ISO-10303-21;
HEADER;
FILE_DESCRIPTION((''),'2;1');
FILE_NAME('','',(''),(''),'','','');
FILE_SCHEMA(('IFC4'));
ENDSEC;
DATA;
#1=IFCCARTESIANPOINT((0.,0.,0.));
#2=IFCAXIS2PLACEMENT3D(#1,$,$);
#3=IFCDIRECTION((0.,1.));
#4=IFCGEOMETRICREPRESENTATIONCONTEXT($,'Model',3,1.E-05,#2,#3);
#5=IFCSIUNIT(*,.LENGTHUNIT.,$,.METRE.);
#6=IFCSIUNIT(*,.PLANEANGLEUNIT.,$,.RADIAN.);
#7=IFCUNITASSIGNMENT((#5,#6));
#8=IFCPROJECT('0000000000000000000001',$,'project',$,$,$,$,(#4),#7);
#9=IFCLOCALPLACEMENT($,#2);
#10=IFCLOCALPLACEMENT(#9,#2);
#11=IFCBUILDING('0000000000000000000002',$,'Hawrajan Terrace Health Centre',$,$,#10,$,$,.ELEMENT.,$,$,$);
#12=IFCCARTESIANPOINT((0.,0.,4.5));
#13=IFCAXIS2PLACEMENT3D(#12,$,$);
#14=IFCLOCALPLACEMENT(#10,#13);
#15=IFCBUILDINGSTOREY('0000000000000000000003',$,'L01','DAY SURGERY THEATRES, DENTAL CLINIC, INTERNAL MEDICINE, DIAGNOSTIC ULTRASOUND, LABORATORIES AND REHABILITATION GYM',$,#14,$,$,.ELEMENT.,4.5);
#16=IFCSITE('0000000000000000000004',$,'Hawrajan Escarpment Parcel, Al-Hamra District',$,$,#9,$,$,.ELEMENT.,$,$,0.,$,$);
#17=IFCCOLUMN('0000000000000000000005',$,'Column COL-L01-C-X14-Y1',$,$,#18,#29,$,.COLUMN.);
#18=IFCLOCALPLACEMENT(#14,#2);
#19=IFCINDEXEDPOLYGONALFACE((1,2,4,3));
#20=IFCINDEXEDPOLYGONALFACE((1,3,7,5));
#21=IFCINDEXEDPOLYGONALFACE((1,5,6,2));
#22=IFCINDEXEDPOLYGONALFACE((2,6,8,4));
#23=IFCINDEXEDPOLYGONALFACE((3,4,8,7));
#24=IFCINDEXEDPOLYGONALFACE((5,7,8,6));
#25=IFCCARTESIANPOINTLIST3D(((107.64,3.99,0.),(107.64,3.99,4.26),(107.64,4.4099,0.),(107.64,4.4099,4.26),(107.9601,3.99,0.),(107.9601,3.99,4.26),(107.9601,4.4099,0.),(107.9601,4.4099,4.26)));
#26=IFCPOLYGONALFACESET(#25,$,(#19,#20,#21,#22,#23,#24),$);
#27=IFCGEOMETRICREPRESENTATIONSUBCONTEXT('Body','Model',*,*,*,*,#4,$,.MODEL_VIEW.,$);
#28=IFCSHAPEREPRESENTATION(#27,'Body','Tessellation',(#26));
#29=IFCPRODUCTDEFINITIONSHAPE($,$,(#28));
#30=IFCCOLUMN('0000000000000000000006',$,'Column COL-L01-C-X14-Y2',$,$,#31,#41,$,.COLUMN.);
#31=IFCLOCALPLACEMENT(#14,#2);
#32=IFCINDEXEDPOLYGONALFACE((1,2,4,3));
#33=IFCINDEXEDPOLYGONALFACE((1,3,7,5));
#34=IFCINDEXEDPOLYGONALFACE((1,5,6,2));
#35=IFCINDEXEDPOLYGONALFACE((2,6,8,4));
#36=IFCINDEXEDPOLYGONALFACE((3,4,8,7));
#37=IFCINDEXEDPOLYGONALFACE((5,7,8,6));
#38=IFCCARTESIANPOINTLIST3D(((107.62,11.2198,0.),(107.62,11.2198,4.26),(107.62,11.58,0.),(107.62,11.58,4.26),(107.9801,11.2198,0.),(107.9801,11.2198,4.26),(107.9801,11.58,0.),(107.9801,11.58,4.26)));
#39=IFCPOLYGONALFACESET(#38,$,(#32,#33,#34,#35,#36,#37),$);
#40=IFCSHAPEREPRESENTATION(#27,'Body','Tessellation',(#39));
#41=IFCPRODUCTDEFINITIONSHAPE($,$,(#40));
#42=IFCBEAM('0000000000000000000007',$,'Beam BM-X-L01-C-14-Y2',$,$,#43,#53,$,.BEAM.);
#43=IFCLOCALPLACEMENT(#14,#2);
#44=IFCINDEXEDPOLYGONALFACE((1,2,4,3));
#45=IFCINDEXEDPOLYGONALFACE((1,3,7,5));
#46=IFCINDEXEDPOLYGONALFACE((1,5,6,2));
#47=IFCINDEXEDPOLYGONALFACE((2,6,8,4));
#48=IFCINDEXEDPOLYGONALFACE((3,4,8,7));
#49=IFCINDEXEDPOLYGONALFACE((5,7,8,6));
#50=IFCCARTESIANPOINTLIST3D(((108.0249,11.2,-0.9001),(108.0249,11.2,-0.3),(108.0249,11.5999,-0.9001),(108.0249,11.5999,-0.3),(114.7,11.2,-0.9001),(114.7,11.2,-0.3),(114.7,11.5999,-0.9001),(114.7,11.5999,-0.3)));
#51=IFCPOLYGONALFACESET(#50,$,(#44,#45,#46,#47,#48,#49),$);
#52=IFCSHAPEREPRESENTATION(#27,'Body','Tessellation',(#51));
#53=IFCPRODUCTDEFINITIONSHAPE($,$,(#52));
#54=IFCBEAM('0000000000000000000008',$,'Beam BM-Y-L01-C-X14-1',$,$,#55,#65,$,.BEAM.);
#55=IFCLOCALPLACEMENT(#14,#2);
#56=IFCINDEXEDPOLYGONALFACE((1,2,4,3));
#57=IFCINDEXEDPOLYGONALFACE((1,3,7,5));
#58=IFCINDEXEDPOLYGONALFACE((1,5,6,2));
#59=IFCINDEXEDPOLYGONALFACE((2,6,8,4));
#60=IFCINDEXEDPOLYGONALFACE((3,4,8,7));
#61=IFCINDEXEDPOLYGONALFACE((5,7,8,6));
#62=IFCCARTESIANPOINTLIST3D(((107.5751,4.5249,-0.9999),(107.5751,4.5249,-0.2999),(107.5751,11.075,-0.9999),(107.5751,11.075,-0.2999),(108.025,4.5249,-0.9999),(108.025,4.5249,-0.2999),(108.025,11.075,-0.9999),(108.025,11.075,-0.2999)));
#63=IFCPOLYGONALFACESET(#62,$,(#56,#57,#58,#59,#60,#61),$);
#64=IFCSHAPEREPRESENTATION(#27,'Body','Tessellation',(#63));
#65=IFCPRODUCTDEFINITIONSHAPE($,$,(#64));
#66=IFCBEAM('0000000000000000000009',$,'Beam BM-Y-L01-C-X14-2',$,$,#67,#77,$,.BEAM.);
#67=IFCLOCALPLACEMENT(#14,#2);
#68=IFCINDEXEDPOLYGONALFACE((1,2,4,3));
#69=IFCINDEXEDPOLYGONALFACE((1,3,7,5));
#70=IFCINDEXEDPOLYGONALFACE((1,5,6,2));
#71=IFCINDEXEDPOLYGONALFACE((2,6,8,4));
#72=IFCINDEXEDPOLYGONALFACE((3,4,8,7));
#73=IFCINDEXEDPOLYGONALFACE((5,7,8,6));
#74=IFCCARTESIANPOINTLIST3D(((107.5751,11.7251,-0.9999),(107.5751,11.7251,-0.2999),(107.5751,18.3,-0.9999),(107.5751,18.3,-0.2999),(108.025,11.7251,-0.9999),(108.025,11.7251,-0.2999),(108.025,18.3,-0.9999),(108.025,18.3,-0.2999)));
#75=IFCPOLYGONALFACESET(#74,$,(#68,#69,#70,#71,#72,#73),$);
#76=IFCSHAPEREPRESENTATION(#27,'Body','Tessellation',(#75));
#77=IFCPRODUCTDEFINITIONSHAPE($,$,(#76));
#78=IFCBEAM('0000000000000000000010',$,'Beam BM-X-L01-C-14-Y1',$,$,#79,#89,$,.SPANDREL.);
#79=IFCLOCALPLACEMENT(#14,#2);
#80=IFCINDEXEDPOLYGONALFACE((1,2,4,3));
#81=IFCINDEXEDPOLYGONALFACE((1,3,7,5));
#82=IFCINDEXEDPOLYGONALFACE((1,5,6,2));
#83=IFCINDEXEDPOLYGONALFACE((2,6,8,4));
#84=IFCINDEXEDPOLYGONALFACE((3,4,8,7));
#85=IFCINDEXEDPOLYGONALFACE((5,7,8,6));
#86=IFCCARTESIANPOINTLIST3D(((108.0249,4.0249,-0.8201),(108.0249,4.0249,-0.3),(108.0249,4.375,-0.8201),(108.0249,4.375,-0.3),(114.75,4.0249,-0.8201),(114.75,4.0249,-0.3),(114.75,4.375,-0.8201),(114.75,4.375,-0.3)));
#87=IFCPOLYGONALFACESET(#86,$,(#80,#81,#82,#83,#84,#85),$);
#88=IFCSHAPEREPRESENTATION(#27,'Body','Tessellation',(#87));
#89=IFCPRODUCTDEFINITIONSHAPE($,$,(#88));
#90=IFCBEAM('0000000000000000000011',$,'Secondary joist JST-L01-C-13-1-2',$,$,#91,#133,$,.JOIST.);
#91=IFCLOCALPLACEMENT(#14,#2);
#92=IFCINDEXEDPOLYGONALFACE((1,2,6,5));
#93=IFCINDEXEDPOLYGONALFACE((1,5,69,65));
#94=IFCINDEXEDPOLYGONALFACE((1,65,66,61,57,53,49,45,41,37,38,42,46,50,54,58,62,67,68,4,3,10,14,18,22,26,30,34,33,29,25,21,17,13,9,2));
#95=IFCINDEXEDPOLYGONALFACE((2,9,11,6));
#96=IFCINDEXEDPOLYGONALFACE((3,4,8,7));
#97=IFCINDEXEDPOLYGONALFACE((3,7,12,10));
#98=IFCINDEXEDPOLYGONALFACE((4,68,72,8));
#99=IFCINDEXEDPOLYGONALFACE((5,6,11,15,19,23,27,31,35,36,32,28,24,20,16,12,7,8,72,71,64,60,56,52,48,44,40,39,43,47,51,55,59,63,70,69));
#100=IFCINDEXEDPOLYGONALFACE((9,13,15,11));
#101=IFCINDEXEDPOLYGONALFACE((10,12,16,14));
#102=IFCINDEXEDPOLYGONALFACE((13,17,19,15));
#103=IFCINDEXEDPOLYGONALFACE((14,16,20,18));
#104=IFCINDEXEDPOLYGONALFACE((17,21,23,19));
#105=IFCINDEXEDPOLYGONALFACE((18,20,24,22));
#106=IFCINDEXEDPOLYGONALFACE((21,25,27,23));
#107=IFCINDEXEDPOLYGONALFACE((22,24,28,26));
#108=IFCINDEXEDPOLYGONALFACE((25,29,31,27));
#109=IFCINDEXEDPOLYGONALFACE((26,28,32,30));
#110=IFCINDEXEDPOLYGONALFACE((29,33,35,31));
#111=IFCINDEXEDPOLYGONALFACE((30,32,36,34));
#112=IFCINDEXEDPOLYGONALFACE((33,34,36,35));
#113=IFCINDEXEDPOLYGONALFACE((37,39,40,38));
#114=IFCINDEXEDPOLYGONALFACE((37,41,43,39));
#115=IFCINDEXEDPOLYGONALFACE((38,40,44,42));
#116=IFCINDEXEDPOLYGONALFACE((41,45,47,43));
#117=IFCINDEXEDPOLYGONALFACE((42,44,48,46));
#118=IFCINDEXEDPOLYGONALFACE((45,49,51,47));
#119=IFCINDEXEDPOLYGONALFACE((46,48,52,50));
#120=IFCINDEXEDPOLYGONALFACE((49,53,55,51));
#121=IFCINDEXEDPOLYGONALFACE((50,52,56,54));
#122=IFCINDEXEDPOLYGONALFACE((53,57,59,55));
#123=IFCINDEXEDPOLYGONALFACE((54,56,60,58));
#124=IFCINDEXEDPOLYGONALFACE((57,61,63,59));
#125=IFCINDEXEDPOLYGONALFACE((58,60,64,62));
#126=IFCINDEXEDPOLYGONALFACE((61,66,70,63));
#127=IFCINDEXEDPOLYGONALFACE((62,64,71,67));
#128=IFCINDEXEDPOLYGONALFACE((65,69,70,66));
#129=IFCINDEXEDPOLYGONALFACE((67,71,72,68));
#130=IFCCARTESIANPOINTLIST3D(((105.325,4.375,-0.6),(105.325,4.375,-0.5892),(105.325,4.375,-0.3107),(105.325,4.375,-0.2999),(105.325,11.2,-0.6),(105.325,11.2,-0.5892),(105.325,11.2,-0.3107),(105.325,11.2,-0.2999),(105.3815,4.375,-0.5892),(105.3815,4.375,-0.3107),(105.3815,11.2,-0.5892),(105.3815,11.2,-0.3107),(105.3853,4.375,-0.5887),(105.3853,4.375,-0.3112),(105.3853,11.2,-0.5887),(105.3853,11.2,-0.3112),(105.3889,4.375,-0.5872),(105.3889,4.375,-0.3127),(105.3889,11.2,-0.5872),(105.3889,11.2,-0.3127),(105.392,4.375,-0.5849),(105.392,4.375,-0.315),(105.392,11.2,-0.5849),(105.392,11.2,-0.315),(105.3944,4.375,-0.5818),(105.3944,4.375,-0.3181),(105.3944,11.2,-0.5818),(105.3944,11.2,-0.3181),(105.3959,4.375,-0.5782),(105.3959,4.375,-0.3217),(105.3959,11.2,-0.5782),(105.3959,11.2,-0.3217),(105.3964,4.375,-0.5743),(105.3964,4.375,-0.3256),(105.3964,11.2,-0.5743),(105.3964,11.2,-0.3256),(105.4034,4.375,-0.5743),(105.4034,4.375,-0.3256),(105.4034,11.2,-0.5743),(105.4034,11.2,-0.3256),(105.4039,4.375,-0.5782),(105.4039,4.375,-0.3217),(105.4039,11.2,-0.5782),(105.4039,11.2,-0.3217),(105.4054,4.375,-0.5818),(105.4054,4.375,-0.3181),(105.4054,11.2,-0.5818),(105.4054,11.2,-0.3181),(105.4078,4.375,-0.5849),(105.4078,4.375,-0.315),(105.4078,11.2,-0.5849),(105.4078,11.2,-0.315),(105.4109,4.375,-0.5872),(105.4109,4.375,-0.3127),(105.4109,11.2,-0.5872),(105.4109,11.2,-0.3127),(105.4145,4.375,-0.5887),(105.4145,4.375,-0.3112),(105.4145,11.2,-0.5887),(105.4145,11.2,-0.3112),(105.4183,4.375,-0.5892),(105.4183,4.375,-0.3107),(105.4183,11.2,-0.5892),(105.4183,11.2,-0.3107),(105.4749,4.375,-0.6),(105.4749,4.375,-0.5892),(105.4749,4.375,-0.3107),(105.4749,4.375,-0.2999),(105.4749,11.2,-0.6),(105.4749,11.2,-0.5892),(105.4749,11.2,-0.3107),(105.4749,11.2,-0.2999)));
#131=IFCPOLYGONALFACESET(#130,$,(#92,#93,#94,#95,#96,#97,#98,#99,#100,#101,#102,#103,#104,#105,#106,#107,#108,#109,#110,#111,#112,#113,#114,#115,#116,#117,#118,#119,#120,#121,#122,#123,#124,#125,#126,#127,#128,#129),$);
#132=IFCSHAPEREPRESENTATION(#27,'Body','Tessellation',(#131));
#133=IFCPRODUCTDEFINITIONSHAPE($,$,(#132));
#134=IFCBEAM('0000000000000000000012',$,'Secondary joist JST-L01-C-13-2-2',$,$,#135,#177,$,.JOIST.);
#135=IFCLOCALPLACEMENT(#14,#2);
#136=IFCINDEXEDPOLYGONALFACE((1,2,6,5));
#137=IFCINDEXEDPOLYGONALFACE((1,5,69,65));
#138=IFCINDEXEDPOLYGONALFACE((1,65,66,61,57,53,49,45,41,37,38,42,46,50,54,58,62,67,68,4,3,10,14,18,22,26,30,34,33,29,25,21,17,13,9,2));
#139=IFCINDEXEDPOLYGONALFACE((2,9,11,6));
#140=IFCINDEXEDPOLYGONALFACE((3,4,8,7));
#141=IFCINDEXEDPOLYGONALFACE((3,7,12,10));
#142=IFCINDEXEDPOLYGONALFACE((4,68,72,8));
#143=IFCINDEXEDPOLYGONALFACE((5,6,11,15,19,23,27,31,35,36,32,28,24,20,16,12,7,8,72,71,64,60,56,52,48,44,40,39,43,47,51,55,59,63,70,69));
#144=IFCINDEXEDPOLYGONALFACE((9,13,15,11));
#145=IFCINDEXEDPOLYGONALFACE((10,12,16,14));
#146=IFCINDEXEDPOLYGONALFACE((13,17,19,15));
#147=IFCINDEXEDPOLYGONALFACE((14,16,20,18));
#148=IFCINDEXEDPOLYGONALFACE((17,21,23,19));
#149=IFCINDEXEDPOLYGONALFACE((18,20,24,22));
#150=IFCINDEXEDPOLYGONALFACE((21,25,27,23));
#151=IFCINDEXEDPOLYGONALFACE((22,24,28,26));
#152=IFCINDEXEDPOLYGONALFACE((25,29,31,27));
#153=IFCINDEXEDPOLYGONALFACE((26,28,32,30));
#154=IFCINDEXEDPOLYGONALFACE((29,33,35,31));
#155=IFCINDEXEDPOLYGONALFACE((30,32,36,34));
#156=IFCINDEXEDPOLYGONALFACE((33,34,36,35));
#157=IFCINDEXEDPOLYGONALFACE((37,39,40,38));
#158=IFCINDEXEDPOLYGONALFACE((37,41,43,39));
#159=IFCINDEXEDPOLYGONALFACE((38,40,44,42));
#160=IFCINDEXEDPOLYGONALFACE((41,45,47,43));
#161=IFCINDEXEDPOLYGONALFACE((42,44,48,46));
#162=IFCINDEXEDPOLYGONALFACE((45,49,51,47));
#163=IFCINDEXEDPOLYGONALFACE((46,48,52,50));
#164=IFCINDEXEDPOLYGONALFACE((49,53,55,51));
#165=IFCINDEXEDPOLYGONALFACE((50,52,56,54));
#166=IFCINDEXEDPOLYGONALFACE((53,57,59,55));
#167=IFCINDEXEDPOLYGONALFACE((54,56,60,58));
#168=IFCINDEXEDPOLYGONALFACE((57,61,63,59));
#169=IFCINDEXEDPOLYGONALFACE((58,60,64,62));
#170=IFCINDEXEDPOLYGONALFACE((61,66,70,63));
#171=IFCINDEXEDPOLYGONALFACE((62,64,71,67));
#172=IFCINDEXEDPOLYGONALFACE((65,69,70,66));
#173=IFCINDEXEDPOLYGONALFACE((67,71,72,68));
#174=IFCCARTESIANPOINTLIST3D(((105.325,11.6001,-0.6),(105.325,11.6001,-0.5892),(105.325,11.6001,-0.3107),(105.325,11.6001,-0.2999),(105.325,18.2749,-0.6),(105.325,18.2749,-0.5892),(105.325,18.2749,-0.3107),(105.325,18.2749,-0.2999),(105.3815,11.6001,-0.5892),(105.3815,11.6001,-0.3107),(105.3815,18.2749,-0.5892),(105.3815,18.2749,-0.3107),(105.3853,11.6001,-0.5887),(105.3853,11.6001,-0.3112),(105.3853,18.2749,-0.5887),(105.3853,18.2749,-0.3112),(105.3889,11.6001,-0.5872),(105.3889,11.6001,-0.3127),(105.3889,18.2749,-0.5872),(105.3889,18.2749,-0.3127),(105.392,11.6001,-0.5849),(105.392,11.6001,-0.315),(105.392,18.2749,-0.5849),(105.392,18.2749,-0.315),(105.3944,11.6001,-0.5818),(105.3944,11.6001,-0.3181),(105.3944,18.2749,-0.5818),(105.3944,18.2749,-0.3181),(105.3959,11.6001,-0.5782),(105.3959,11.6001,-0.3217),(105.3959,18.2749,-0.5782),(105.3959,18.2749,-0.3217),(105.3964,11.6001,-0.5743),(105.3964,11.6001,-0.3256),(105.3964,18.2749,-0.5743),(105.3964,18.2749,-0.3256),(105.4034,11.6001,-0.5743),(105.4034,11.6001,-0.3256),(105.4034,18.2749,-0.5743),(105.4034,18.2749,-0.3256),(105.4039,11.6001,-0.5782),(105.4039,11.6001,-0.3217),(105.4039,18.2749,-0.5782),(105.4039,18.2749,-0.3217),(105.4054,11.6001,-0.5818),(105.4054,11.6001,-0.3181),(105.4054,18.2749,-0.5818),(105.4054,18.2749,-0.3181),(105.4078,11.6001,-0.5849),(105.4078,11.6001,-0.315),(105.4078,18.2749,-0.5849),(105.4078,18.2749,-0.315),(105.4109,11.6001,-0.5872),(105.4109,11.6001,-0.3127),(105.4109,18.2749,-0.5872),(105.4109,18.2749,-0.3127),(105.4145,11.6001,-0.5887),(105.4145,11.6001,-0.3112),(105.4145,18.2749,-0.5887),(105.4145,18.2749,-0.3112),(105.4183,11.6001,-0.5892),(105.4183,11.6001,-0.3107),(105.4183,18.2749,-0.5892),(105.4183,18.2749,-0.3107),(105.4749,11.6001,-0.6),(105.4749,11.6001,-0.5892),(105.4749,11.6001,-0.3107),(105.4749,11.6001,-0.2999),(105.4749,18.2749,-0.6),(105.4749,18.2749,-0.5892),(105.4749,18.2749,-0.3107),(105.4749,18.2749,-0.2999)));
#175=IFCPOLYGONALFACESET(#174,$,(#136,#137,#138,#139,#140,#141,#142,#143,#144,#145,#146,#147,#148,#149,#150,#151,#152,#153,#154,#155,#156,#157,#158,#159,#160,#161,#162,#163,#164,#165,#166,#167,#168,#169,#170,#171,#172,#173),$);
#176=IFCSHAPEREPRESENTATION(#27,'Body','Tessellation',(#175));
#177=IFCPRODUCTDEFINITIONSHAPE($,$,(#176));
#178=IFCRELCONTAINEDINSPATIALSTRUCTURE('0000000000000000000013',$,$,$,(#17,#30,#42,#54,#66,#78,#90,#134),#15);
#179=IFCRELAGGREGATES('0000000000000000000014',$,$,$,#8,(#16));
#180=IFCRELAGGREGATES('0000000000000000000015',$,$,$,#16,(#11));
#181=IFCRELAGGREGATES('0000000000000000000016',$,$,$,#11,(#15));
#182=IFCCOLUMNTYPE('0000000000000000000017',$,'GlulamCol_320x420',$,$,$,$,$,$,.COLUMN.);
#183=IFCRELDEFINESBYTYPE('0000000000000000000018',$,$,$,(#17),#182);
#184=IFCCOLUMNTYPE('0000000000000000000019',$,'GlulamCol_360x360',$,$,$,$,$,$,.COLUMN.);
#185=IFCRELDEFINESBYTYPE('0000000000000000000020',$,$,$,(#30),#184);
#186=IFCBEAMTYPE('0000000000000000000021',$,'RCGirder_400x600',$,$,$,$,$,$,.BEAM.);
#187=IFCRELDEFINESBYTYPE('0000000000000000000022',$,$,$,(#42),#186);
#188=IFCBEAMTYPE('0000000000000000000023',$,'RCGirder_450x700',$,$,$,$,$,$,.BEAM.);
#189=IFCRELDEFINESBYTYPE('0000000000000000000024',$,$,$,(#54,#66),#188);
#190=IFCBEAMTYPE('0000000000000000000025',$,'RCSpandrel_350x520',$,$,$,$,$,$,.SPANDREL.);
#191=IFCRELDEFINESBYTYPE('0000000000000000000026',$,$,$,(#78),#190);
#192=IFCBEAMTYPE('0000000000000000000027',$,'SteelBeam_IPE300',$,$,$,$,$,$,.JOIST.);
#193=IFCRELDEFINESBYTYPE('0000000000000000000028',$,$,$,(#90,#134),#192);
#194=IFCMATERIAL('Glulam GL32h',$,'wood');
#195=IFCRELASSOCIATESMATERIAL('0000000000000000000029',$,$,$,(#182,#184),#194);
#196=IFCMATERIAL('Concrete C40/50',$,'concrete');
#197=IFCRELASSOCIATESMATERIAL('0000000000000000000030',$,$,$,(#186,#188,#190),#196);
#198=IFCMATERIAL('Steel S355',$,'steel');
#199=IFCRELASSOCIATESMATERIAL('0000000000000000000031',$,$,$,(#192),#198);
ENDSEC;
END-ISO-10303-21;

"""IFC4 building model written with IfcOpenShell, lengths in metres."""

from ifc_helpers import new_model, si_unit, direction, frame, origin, origin_2d, place, context, subcontext, project, spatial, rectangle, i_section, extrude, material, material_profile, profile_set, type_object, element, save


model = new_model("IFC4")

# Units and contexts
model_context = context("Model", 3, precision=1e-05, world=origin(), true_north=direction((0.0, 1.0)))
body_context = subcontext(model_context, "Body", "Model", "MODEL_VIEW")
ifc_project = project(units=[si_unit("LENGTHUNIT", "METRE"), si_unit("PLANEANGLEUNIT", "RADIAN")], contexts=[model_context])

# Site, building, storey
site_placement = place(None, origin())
site = spatial("IfcSite", under=ifc_project, at=site_placement, Name="Hawrajan Escarpment Parcel, Al-Hamra District", CompositionType="ELEMENT", RefElevation=0.0)
building_placement = place(site_placement, origin())
building = spatial("IfcBuilding", under=site, at=building_placement, Name="Hawrajan Terrace Health Centre", CompositionType="ELEMENT")
storey_placement = place(building_placement, frame((0.0, 0.0, 4.5)))
storey = spatial("IfcBuildingStorey", under=building, at=storey_placement, Name="L01", Description="DAY SURGERY THEATRES, DENTAL CLINIC, INTERNAL MEDICINE, DIAGNOSTIC ULTRASOUND, LABORATORIES AND REHABILITATION GYM", CompositionType="ELEMENT", Elevation=4.5)

# Columns
ifc_material_1 = material(Name="Glulam GL32h", Category="wood")
ifc_material_profile_1 = material_profile(ifc_material_1, rectangle(XDim=0.3201, YDim=0.4199, at=origin_2d()), Name="GL 320x420")
ifc_profile_set_1 = profile_set([ifc_material_profile_1], Name="Glulam GL32h")
column_type_1 = type_object("IfcColumnType", Name="GlulamCol_320x420", PredefinedType="COLUMN", material=ifc_profile_set_1)
column_1_placement = place(storey_placement, frame((107.8, 4.2, 0.0), z_axis=(0.0, 0.0, 1.0), x_axis=(1.0, 0.0, 0.0)))
element("IfcColumn", 1, at=column_1_placement, inside=storey, type_object=column_type_1, Name="Column COL-L01-C-X14-Y1", PredefinedType="COLUMN", context=body_context, shape_type="SweptSolid", body=[
    extrude(rectangle(XDim=0.3201, YDim=0.4199, at=origin_2d()), origin(), (0.0, 0.0, 1.0), 4.26),
])
ifc_material_profile_2 = material_profile(ifc_material_1, rectangle(XDim=0.3601, YDim=0.3601, at=origin_2d()), Name="GL 360x360")
ifc_profile_set_2 = profile_set([ifc_material_profile_2], Name="Glulam GL32h")
column_type_2 = type_object("IfcColumnType", Name="GlulamCol_360x360", PredefinedType="COLUMN", material=ifc_profile_set_2)
column_2_placement = place(storey_placement, frame((107.8, 11.3999, 0.0), z_axis=(0.0, 0.0, 1.0), x_axis=(1.0, 0.0, 0.0)))
element("IfcColumn", 2, at=column_2_placement, inside=storey, type_object=column_type_2, Name="Column COL-L01-C-X14-Y2", PredefinedType="COLUMN", context=body_context, shape_type="SweptSolid", body=[
    extrude(rectangle(XDim=0.3601, YDim=0.3601, at=origin_2d()), origin(), (0.0, 0.0, 1.0), 4.26),
])

# Beams
ifc_material_2 = material(Name="Concrete C40/50", Category="concrete")
ifc_material_profile_3 = material_profile(ifc_material_2, rectangle(XDim=0.3999, YDim=0.6001, at=origin_2d()), Name="RC BM 400x600")
ifc_profile_set_3 = profile_set([ifc_material_profile_3], Name="Concrete C40/50")
beam_type_1 = type_object("IfcBeamType", Name="RCGirder_400x600", PredefinedType="BEAM", material=ifc_profile_set_3)
beam_1_placement = place(storey_placement, frame((108.0249, 11.3999, -0.6001), z_axis=(1.0, 0.0, 0.0), x_axis=(0.0, 1.0, 0.0)))
element("IfcBeam", 3, at=beam_1_placement, inside=storey, type_object=beam_type_1, Name="Beam BM-X-L01-C-14-Y2", PredefinedType="BEAM", context=body_context, shape_type="SweptSolid", body=[
    extrude(rectangle(XDim=0.3999, YDim=0.6001, at=origin_2d()), origin(), (0.0, 0.0, 1.0), 6.675),
])
ifc_material_profile_4 = material_profile(ifc_material_2, rectangle(XDim=0.45, YDim=0.7, at=origin_2d()), Name="RC BM 450x700")
ifc_profile_set_4 = profile_set([ifc_material_profile_4], Name="Concrete C40/50")
beam_type_2 = type_object("IfcBeamType", Name="RCGirder_450x700", PredefinedType="BEAM", material=ifc_profile_set_4)
beam_2_placement = place(storey_placement, frame((107.8, 4.5249, -0.6499), z_axis=(0.0, 1.0, 0.0), x_axis=(-1.0, 0.0, 0.0)))
element("IfcBeam", 4, at=beam_2_placement, inside=storey, type_object=beam_type_2, Name="Beam BM-Y-L01-C-X14-1", PredefinedType="BEAM", context=body_context, shape_type="SweptSolid", body=[
    extrude(rectangle(XDim=0.45, YDim=0.7, at=origin_2d()), origin(), (0.0, 0.0, 1.0), 6.55),
])
beam_3_placement = place(storey_placement, frame((107.8, 11.7251, -0.6499), z_axis=(0.0, 1.0, 0.0), x_axis=(-1.0, 0.0, 0.0)))
element("IfcBeam", 5, at=beam_3_placement, inside=storey, type_object=beam_type_2, Name="Beam BM-Y-L01-C-X14-2", PredefinedType="BEAM", context=body_context, shape_type="SweptSolid", body=[
    extrude(rectangle(XDim=0.45, YDim=0.7, at=origin_2d()), origin(), (0.0, 0.0, 1.0), 6.575),
])
ifc_material_profile_5 = material_profile(ifc_material_2, rectangle(XDim=0.3501, YDim=0.52, at=origin_2d()), Name="RC SP 350x520")
ifc_profile_set_5 = profile_set([ifc_material_profile_5], Name="Concrete C40/50")
beam_type_3 = type_object("IfcBeamType", Name="RCSpandrel_350x520", PredefinedType="SPANDREL", material=ifc_profile_set_5)
beam_4_placement = place(storey_placement, frame((108.0249, 4.2, -0.5601), z_axis=(1.0, 0.0, 0.0), x_axis=(0.0, 1.0, 0.0)))
element("IfcBeam", 6, at=beam_4_placement, inside=storey, type_object=beam_type_3, Name="Beam BM-X-L01-C-14-Y1", PredefinedType="SPANDREL", context=body_context, shape_type="SweptSolid", body=[
    extrude(rectangle(XDim=0.3501, YDim=0.52, at=origin_2d()), origin(), (0.0, 0.0, 1.0), 6.7251),
])
ifc_material_3 = material(Name="Steel S355", Category="steel")
ifc_material_profile_6 = material_profile(ifc_material_3, i_section(OverallWidth=0.1499, OverallDepth=0.3, WebThickness=0.0071, FlangeThickness=0.0107, FilletRadius=0.0149, at=origin_2d()), Name="IPE 300")
ifc_profile_set_6 = profile_set([ifc_material_profile_6], Name="Steel S355")
beam_type_4 = type_object("IfcBeamType", Name="SteelBeam_IPE300", PredefinedType="JOIST", material=ifc_profile_set_6)
beam_5_placement = place(storey_placement, frame((105.3999, 4.375, -0.45), z_axis=(0.0, 1.0, 0.0), x_axis=(-1.0, 0.0, 0.0)))
element("IfcBeam", 7, at=beam_5_placement, inside=storey, type_object=beam_type_4, Name="Secondary joist JST-L01-C-13-1-2", PredefinedType="JOIST", context=body_context, shape_type="SweptSolid", body=[
    extrude(i_section(OverallWidth=0.1499, OverallDepth=0.3, WebThickness=0.0071, FlangeThickness=0.0107, FilletRadius=0.0149, at=origin_2d()), origin(), (0.0, 0.0, 1.0), 6.825),
])
beam_6_placement = place(storey_placement, frame((105.3999, 11.6001, -0.45), z_axis=(0.0, 1.0, 0.0), x_axis=(-1.0, 0.0, 0.0)))
element("IfcBeam", 8, at=beam_6_placement, inside=storey, type_object=beam_type_4, Name="Secondary joist JST-L01-C-13-2-2", PredefinedType="JOIST", context=body_context, shape_type="SweptSolid", body=[
    extrude(i_section(OverallWidth=0.1499, OverallDepth=0.3, WebThickness=0.0071, FlangeThickness=0.0107, FilletRadius=0.0149, at=origin_2d()), origin(), (0.0, 0.0, 1.0), 6.6748),
])

save(model, "model.ifc")
